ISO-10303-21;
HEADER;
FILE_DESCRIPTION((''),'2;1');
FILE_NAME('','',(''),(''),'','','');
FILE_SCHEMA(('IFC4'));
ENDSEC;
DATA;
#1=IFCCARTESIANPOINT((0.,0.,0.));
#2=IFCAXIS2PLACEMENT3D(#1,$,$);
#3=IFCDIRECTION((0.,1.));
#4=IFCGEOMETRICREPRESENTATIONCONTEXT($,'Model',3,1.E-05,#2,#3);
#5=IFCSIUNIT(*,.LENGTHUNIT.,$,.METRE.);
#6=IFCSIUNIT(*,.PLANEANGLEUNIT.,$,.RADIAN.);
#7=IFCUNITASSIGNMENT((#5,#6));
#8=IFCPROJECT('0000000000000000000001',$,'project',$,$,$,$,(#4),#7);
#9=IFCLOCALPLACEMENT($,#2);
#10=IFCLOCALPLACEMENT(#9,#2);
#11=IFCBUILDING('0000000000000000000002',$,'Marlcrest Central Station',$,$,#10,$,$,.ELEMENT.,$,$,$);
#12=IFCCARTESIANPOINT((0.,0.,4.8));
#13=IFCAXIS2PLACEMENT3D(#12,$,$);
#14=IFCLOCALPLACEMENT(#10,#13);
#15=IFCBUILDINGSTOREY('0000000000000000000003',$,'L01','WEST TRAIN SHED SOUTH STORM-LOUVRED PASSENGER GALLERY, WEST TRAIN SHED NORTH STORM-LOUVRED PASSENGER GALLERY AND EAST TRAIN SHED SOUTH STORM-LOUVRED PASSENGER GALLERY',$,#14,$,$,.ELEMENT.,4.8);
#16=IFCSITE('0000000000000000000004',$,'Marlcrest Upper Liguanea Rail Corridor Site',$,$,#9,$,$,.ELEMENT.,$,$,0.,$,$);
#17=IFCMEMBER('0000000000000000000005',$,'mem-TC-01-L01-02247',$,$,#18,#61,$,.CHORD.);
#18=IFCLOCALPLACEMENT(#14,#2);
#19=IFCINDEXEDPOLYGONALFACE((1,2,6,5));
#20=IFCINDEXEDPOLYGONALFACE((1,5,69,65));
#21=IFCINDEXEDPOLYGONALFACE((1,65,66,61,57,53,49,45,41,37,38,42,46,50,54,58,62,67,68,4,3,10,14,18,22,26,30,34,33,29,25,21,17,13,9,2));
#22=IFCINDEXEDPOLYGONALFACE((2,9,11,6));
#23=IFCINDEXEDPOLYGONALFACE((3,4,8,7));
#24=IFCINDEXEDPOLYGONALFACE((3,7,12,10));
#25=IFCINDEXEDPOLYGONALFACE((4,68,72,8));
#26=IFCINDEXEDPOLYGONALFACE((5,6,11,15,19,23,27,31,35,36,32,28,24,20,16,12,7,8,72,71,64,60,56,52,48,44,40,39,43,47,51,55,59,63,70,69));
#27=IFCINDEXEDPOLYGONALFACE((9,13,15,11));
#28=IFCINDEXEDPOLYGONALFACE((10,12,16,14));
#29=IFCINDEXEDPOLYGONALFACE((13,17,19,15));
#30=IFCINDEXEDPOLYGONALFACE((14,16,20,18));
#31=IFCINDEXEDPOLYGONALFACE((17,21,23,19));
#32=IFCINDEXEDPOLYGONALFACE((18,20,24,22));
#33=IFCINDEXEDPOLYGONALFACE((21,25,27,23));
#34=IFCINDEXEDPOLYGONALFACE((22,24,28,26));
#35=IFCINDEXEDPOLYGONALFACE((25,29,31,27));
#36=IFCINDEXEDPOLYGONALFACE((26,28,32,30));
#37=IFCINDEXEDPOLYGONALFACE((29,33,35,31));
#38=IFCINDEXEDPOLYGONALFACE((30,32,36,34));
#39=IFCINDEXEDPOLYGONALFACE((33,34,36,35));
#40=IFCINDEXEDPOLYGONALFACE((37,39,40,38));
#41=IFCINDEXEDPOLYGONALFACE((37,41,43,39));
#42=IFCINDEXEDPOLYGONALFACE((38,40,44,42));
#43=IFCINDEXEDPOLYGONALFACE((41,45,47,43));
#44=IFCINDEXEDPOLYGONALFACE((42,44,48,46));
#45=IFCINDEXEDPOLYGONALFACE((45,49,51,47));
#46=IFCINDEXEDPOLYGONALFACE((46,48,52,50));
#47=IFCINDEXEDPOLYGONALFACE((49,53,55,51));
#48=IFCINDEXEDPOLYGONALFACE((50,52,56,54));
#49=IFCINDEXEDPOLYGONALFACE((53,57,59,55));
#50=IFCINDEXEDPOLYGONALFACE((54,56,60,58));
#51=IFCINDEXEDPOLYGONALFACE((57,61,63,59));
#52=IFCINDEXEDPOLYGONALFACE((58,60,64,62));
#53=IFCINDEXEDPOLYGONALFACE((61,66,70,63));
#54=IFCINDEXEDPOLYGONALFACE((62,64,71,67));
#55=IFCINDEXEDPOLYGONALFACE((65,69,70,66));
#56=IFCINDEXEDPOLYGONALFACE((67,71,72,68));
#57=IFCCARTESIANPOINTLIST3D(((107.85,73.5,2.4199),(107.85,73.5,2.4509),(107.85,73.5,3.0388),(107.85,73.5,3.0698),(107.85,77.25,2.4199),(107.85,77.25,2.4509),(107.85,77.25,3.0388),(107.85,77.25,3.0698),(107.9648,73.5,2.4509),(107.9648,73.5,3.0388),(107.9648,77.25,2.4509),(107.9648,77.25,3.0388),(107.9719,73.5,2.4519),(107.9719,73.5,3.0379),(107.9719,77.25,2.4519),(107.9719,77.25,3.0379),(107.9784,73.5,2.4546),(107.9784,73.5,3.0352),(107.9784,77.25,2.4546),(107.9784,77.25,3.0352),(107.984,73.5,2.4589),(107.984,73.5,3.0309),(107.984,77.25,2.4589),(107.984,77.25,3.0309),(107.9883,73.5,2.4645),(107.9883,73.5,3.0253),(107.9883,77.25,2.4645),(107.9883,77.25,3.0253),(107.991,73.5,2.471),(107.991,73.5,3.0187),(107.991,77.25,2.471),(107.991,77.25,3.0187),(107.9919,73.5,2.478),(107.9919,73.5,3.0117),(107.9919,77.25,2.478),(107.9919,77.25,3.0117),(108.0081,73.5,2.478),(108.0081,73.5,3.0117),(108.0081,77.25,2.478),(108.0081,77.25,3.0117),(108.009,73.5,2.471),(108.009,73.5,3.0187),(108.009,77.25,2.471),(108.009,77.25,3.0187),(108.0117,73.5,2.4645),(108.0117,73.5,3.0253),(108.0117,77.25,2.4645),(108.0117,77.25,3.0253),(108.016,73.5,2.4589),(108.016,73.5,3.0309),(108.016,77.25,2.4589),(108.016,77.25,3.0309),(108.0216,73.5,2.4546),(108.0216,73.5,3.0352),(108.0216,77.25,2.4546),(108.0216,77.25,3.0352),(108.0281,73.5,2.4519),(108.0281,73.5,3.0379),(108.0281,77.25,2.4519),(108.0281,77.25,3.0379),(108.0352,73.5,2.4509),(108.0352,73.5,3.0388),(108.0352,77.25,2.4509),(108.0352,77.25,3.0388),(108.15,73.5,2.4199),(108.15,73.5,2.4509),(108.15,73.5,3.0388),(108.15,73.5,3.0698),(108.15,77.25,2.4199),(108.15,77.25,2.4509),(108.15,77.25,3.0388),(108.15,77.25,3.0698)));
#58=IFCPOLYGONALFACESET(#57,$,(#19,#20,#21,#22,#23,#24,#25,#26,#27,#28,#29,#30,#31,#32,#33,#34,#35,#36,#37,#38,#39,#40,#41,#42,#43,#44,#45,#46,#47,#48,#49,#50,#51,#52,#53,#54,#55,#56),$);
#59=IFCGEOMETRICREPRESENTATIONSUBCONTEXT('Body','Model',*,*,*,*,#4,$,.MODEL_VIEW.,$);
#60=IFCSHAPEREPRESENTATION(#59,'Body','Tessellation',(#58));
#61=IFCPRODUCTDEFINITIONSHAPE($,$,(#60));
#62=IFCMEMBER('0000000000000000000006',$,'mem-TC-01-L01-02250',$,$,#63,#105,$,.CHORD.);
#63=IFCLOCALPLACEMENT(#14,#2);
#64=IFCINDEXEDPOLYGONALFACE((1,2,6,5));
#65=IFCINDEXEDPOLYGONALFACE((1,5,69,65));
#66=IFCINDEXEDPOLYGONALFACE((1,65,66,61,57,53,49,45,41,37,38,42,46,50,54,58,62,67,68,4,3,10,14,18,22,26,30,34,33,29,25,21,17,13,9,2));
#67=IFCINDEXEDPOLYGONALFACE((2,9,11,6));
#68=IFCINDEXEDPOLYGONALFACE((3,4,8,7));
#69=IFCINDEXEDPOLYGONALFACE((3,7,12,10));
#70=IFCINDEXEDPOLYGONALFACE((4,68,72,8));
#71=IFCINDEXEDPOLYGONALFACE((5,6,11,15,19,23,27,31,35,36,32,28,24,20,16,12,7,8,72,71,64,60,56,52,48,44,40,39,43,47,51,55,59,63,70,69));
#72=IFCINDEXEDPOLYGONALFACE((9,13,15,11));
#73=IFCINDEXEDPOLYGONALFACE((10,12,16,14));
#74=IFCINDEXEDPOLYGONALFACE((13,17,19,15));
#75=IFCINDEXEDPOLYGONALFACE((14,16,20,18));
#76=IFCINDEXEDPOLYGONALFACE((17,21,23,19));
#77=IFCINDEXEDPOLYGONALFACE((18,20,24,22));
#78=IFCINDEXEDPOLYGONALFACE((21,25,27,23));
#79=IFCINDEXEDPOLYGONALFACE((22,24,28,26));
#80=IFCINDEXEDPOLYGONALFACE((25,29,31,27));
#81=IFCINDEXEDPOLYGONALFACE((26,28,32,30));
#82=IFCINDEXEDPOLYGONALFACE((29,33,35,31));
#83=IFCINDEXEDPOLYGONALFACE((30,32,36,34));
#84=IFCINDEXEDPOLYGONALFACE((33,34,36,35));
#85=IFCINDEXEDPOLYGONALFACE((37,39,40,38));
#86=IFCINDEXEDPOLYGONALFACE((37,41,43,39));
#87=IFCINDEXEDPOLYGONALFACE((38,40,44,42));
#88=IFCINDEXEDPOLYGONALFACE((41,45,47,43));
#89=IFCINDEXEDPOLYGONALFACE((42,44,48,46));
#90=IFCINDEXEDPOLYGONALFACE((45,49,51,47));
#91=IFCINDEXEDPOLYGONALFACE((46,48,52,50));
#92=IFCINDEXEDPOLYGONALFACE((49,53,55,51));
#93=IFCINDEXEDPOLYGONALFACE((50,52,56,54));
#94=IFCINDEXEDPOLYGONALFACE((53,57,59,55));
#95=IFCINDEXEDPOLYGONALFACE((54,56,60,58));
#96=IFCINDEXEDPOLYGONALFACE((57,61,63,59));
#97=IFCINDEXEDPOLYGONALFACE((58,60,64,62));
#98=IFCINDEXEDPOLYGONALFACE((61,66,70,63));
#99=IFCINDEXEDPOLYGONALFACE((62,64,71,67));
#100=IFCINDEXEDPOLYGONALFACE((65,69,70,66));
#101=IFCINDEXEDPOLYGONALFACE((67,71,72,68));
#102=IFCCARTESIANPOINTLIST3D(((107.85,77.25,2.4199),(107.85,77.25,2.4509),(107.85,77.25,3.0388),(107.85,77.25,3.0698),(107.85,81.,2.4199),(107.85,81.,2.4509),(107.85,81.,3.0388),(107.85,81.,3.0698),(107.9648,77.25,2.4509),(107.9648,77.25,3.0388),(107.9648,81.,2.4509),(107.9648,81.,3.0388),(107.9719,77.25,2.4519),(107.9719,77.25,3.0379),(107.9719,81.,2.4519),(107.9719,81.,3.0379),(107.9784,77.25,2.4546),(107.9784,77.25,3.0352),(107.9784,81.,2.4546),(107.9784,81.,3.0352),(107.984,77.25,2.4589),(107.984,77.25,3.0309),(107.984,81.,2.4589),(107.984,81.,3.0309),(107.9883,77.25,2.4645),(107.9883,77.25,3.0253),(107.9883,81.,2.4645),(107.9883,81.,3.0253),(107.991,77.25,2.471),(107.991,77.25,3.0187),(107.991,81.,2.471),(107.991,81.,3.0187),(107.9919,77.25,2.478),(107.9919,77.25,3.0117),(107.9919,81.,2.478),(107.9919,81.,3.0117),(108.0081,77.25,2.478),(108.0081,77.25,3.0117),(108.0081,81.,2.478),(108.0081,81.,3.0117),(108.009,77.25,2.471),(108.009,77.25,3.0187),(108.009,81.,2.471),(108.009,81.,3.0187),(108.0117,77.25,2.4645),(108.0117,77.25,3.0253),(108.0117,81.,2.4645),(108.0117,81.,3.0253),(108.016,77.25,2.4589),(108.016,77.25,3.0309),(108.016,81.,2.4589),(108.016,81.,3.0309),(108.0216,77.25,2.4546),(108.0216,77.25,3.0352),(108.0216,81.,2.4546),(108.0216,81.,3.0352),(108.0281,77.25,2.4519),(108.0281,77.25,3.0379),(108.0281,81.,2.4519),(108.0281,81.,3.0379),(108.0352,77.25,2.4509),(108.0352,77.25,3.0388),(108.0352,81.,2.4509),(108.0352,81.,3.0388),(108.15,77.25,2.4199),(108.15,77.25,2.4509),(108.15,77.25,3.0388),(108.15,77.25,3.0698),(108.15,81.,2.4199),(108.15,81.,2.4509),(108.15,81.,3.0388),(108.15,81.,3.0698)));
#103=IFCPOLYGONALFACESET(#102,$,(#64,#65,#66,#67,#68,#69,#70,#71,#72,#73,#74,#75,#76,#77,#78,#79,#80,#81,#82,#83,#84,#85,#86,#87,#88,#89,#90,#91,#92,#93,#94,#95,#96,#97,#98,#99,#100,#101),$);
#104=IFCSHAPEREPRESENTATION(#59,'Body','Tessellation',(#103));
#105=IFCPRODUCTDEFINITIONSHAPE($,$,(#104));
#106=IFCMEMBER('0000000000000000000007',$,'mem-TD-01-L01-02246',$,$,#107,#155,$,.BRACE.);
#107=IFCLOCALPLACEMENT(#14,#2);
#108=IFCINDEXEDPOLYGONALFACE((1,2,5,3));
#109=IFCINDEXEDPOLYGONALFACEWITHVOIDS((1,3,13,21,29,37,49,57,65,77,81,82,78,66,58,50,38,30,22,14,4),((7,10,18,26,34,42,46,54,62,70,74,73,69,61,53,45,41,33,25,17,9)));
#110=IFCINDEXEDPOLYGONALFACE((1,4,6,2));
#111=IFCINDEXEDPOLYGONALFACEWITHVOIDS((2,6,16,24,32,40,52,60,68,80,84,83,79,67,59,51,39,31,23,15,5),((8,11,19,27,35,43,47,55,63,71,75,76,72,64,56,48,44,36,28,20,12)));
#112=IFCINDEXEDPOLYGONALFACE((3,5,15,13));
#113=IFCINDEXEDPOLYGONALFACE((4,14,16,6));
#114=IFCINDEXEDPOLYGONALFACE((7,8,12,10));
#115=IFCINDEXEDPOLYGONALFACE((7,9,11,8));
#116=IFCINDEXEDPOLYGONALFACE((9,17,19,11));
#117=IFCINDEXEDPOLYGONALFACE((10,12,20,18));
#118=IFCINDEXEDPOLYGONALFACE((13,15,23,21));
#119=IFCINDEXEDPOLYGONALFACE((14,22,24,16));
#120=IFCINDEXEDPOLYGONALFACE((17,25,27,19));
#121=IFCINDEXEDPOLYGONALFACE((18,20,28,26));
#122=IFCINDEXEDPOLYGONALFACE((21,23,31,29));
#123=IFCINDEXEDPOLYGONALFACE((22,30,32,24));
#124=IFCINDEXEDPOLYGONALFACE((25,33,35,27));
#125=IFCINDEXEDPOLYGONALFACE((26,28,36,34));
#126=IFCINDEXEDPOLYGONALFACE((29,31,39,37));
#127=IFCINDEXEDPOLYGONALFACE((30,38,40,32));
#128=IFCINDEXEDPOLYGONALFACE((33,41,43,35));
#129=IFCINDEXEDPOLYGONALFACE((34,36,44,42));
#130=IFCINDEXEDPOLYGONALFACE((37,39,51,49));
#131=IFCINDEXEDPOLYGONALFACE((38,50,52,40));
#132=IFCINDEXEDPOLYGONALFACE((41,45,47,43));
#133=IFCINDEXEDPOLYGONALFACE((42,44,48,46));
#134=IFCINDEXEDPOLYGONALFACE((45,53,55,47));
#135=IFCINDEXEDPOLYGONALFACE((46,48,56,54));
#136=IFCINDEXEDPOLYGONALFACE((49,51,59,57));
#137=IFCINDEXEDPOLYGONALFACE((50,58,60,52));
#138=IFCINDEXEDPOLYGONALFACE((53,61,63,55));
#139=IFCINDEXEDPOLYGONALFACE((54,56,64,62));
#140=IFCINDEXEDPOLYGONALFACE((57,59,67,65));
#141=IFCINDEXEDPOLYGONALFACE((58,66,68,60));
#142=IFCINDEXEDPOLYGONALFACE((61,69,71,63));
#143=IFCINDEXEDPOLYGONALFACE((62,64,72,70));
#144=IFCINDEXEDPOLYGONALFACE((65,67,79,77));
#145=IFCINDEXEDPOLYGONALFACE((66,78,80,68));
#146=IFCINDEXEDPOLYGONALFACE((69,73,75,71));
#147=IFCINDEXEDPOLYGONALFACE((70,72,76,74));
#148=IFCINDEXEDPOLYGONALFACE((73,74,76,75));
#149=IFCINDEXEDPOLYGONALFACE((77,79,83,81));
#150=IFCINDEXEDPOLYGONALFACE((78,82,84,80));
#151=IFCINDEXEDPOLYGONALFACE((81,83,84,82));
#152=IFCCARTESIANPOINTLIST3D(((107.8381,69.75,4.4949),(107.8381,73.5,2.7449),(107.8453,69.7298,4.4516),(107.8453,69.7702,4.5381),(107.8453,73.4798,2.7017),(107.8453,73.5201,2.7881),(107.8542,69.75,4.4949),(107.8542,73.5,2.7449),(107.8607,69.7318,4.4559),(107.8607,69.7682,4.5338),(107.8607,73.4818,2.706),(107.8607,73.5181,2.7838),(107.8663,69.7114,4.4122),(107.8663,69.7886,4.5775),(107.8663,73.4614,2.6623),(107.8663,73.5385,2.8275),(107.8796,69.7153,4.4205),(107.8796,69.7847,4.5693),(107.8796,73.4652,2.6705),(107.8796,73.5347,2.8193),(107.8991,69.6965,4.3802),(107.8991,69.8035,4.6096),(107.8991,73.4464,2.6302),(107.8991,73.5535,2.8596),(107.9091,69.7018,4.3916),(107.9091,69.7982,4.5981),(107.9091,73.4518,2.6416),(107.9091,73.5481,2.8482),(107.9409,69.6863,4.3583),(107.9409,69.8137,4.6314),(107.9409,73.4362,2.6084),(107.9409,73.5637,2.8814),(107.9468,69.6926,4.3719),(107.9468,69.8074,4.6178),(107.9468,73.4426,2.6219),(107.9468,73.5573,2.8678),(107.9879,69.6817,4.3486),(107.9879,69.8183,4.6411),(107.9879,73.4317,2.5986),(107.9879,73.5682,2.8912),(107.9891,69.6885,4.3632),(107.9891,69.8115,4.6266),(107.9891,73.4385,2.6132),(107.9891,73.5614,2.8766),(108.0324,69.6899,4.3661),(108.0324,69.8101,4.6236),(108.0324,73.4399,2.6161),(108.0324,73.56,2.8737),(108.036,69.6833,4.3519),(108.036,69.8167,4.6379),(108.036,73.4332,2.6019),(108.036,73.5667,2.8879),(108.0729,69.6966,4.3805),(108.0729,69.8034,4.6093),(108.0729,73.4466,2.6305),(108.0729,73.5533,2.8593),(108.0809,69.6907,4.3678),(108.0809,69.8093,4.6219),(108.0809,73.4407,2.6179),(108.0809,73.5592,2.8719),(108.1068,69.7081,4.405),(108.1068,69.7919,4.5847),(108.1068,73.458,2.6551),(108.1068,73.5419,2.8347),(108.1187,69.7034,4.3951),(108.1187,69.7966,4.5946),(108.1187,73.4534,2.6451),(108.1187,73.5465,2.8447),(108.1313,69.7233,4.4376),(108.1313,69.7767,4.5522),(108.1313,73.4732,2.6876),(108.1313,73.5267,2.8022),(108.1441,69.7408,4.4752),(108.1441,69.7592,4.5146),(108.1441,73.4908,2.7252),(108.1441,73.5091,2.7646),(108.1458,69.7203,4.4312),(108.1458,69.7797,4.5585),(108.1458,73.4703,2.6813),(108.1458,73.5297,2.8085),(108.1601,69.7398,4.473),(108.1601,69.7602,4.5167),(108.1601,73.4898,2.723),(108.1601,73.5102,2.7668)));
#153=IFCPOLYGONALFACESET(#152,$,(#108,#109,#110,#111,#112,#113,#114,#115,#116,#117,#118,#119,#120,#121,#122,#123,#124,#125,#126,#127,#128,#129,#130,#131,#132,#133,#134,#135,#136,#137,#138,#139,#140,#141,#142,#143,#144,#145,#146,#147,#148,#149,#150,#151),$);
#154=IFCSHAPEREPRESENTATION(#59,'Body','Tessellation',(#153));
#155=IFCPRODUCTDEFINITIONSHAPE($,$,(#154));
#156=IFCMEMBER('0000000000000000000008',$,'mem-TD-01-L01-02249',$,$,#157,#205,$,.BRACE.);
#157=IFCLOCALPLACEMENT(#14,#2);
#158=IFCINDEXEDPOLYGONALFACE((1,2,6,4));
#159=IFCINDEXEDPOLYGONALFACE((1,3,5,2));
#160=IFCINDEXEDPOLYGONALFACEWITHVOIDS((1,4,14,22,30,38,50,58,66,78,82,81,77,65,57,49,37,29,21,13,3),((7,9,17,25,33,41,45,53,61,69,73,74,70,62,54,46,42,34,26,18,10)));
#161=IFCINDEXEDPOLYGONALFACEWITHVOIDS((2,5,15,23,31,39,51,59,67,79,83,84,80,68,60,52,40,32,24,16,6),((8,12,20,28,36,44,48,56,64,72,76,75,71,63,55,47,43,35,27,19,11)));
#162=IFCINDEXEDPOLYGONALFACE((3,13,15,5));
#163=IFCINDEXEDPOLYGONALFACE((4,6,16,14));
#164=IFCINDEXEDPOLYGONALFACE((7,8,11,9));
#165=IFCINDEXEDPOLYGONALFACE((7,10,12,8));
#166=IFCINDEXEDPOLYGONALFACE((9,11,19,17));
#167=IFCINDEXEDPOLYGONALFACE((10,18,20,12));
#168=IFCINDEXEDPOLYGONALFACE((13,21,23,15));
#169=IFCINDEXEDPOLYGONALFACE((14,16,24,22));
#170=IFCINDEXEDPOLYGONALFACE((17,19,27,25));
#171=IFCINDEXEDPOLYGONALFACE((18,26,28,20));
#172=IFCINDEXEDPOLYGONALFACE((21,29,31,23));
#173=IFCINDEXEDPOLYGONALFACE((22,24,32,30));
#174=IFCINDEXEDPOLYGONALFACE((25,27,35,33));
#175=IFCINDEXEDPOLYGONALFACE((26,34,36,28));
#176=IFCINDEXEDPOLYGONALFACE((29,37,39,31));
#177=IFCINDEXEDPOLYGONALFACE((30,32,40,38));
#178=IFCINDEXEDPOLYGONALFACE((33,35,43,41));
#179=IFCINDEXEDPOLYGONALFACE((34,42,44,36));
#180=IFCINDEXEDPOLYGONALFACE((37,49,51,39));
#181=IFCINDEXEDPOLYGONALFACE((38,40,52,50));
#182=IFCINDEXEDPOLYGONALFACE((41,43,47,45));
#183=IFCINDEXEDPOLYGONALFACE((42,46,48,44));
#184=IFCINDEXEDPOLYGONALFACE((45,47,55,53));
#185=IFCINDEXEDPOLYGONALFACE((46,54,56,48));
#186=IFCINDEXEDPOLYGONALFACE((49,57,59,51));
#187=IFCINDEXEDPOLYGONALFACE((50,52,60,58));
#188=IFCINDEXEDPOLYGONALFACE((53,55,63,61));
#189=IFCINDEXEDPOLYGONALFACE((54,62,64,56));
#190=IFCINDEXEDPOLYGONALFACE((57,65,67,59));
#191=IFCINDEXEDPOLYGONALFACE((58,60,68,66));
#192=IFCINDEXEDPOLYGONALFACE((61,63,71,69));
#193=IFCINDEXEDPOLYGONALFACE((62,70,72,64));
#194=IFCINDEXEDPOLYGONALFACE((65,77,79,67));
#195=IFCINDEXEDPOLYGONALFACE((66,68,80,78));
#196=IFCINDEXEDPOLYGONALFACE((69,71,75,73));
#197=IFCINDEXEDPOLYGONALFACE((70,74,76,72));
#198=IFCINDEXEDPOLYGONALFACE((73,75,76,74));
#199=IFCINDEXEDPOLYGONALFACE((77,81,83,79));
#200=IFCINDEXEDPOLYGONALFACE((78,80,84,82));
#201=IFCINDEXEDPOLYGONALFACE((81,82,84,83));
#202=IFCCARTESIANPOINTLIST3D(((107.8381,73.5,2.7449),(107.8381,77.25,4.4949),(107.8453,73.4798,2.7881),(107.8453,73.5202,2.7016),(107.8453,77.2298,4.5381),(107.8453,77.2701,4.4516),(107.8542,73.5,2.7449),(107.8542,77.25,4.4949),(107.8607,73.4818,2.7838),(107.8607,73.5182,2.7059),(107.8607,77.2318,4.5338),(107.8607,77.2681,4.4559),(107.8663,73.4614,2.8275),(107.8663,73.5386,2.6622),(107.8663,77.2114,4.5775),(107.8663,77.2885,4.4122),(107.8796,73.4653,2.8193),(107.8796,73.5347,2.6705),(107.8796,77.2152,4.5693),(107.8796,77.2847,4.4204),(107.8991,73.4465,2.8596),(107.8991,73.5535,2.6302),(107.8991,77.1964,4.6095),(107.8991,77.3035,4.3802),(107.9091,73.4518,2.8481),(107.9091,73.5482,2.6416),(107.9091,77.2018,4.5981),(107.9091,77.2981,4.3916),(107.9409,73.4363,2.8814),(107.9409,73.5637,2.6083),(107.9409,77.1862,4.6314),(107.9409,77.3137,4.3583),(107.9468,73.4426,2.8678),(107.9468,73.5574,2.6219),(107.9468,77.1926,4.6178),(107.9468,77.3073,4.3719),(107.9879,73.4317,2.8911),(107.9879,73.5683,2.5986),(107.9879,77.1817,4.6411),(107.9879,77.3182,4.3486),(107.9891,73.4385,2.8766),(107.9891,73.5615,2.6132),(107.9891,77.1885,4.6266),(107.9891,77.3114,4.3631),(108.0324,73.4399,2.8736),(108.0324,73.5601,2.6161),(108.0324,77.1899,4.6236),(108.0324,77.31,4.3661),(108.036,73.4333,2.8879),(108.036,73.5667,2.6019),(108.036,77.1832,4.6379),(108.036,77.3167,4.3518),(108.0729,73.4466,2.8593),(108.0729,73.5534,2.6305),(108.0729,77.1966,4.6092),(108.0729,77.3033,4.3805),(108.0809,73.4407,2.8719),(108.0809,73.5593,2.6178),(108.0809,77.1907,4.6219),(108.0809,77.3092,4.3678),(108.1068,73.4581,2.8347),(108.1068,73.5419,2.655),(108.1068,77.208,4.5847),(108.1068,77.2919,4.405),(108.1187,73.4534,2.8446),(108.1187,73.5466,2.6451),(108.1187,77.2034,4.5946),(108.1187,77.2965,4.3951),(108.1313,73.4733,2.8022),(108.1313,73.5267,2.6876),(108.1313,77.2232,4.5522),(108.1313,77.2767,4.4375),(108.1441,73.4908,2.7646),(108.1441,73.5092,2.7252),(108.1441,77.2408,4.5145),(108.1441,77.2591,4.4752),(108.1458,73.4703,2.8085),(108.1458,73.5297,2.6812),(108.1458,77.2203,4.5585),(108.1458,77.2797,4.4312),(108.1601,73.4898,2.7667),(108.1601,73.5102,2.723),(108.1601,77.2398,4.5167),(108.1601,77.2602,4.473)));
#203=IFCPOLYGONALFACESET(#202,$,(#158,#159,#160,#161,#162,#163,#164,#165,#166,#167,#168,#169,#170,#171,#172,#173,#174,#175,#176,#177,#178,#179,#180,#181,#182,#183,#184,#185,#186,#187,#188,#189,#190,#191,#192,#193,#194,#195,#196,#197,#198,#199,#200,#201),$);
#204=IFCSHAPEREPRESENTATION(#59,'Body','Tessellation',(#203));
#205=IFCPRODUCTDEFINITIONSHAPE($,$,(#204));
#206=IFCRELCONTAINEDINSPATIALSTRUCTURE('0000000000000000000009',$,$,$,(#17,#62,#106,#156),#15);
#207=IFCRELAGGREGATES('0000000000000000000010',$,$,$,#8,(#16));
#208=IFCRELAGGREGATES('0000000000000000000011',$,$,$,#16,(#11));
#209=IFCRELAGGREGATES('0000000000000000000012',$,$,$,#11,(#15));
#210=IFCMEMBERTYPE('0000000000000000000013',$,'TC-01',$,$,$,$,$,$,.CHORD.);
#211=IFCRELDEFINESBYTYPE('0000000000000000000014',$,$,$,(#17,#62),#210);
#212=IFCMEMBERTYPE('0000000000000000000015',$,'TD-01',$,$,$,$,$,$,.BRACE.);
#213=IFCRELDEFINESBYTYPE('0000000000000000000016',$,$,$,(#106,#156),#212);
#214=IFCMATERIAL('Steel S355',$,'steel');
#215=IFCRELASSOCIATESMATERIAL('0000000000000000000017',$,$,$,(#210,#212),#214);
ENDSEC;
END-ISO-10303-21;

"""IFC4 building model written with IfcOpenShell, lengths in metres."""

from ifc_helpers import new_model, si_unit, direction, frame, origin, origin_2d, place, context, subcontext, project, spatial, hollow_circle, i_section, extrude, material, material_profile, profile_set, type_object, element, save


model = new_model("IFC4")

# Units and contexts
model_context = context("Model", 3, precision=1e-05, world=origin(), true_north=direction((0.0, 1.0)))
body_context = subcontext(model_context, "Body", "Model", "MODEL_VIEW")
ifc_project = project(units=[si_unit("LENGTHUNIT", "METRE"), si_unit("PLANEANGLEUNIT", "RADIAN")], contexts=[model_context])

# Site, building, storey
site_placement = place(None, origin())
site = spatial("IfcSite", under=ifc_project, at=site_placement, Name="Marlcrest Upper Liguanea Rail Corridor Site", CompositionType="ELEMENT", RefElevation=0.0)
building_placement = place(site_placement, origin())
building = spatial("IfcBuilding", under=site, at=building_placement, Name="Marlcrest Central Station", CompositionType="ELEMENT")
storey_placement = place(building_placement, frame((0.0, 0.0, 4.8)))
storey = spatial("IfcBuildingStorey", under=building, at=storey_placement, Name="L01", Description="WEST TRAIN SHED SOUTH STORM-LOUVRED PASSENGER GALLERY, WEST TRAIN SHED NORTH STORM-LOUVRED PASSENGER GALLERY AND EAST TRAIN SHED SOUTH STORM-LOUVRED PASSENGER GALLERY", CompositionType="ELEMENT", Elevation=4.8)

# Shared definitions
ifc_material = material(Name="Steel S355", Category="steel")

# Members
ifc_material_profile_1 = material_profile(ifc_material, i_section(OverallWidth=0.3, OverallDepth=0.6499, WebThickness=0.0161, FlangeThickness=0.031, FilletRadius=0.0271, at=origin_2d()), Name="HEB 650")
ifc_profile_set_1 = profile_set([ifc_material_profile_1], Name="Steel S355")
member_type_1 = type_object("IfcMemberType", Name="TC-01", PredefinedType="CHORD", material=ifc_profile_set_1)
for number, where, z_axis, x_axis, name in (
    (1, (108.0, 73.5, 2.7449), (0.0, 1.0, 0.0), (-1.0, 0.0, 0.0), "mem-TC-01-L01-02247"),
    (2, (108.0, 77.25, 2.7449), (0.0, 1.0, 0.0), (-1.0, 0.0, 0.0), "mem-TC-01-L01-02250"),
):
    element("IfcMember", number, at=place(storey_placement, frame(where, z_axis=z_axis, x_axis=x_axis)), inside=storey, type_object=member_type_1, Name=name, PredefinedType="CHORD", context=body_context, shape_type="SweptSolid", body=[
        extrude(i_section(OverallWidth=0.3, OverallDepth=0.6499, WebThickness=0.0161, FlangeThickness=0.031, FilletRadius=0.0271, at=origin_2d()), origin(), (0.0, 0.0, 1.0), 3.75),
    ])
ifc_material_profile_2 = material_profile(ifc_material, hollow_circle(Radius=0.1619, WallThickness=0.0161, at=origin_2d()), Name="CHS 323.9x16")
ifc_profile_set_2 = profile_set([ifc_material_profile_2], Name="Steel S355")
member_type_2 = type_object("IfcMemberType", Name="TD-01", PredefinedType="BRACE", material=ifc_profile_set_2)
for number, where, z_axis, x_axis, name in (
    (3, (108.0, 69.75, 4.4949), (0.0, 0.906183, -0.422885), (-1.0, 0.0, 0.0), "mem-TD-01-L01-02246"),
    (4, (108.0, 73.5, 2.7449), (0.0, 0.906183, 0.422885), (-1.0, 0.0, 0.0), "mem-TD-01-L01-02249"),
):
    element("IfcMember", number, at=place(storey_placement, frame(where, z_axis=z_axis, x_axis=x_axis)), inside=storey, type_object=member_type_2, Name=name, PredefinedType="BRACE", context=body_context, shape_type="SweptSolid", body=[
        extrude(hollow_circle(Radius=0.1619, WallThickness=0.0161, at=origin_2d()), origin(), (0.0, 0.0, 1.0), 4.1382),
    ])

save(model, "model.ifc")
